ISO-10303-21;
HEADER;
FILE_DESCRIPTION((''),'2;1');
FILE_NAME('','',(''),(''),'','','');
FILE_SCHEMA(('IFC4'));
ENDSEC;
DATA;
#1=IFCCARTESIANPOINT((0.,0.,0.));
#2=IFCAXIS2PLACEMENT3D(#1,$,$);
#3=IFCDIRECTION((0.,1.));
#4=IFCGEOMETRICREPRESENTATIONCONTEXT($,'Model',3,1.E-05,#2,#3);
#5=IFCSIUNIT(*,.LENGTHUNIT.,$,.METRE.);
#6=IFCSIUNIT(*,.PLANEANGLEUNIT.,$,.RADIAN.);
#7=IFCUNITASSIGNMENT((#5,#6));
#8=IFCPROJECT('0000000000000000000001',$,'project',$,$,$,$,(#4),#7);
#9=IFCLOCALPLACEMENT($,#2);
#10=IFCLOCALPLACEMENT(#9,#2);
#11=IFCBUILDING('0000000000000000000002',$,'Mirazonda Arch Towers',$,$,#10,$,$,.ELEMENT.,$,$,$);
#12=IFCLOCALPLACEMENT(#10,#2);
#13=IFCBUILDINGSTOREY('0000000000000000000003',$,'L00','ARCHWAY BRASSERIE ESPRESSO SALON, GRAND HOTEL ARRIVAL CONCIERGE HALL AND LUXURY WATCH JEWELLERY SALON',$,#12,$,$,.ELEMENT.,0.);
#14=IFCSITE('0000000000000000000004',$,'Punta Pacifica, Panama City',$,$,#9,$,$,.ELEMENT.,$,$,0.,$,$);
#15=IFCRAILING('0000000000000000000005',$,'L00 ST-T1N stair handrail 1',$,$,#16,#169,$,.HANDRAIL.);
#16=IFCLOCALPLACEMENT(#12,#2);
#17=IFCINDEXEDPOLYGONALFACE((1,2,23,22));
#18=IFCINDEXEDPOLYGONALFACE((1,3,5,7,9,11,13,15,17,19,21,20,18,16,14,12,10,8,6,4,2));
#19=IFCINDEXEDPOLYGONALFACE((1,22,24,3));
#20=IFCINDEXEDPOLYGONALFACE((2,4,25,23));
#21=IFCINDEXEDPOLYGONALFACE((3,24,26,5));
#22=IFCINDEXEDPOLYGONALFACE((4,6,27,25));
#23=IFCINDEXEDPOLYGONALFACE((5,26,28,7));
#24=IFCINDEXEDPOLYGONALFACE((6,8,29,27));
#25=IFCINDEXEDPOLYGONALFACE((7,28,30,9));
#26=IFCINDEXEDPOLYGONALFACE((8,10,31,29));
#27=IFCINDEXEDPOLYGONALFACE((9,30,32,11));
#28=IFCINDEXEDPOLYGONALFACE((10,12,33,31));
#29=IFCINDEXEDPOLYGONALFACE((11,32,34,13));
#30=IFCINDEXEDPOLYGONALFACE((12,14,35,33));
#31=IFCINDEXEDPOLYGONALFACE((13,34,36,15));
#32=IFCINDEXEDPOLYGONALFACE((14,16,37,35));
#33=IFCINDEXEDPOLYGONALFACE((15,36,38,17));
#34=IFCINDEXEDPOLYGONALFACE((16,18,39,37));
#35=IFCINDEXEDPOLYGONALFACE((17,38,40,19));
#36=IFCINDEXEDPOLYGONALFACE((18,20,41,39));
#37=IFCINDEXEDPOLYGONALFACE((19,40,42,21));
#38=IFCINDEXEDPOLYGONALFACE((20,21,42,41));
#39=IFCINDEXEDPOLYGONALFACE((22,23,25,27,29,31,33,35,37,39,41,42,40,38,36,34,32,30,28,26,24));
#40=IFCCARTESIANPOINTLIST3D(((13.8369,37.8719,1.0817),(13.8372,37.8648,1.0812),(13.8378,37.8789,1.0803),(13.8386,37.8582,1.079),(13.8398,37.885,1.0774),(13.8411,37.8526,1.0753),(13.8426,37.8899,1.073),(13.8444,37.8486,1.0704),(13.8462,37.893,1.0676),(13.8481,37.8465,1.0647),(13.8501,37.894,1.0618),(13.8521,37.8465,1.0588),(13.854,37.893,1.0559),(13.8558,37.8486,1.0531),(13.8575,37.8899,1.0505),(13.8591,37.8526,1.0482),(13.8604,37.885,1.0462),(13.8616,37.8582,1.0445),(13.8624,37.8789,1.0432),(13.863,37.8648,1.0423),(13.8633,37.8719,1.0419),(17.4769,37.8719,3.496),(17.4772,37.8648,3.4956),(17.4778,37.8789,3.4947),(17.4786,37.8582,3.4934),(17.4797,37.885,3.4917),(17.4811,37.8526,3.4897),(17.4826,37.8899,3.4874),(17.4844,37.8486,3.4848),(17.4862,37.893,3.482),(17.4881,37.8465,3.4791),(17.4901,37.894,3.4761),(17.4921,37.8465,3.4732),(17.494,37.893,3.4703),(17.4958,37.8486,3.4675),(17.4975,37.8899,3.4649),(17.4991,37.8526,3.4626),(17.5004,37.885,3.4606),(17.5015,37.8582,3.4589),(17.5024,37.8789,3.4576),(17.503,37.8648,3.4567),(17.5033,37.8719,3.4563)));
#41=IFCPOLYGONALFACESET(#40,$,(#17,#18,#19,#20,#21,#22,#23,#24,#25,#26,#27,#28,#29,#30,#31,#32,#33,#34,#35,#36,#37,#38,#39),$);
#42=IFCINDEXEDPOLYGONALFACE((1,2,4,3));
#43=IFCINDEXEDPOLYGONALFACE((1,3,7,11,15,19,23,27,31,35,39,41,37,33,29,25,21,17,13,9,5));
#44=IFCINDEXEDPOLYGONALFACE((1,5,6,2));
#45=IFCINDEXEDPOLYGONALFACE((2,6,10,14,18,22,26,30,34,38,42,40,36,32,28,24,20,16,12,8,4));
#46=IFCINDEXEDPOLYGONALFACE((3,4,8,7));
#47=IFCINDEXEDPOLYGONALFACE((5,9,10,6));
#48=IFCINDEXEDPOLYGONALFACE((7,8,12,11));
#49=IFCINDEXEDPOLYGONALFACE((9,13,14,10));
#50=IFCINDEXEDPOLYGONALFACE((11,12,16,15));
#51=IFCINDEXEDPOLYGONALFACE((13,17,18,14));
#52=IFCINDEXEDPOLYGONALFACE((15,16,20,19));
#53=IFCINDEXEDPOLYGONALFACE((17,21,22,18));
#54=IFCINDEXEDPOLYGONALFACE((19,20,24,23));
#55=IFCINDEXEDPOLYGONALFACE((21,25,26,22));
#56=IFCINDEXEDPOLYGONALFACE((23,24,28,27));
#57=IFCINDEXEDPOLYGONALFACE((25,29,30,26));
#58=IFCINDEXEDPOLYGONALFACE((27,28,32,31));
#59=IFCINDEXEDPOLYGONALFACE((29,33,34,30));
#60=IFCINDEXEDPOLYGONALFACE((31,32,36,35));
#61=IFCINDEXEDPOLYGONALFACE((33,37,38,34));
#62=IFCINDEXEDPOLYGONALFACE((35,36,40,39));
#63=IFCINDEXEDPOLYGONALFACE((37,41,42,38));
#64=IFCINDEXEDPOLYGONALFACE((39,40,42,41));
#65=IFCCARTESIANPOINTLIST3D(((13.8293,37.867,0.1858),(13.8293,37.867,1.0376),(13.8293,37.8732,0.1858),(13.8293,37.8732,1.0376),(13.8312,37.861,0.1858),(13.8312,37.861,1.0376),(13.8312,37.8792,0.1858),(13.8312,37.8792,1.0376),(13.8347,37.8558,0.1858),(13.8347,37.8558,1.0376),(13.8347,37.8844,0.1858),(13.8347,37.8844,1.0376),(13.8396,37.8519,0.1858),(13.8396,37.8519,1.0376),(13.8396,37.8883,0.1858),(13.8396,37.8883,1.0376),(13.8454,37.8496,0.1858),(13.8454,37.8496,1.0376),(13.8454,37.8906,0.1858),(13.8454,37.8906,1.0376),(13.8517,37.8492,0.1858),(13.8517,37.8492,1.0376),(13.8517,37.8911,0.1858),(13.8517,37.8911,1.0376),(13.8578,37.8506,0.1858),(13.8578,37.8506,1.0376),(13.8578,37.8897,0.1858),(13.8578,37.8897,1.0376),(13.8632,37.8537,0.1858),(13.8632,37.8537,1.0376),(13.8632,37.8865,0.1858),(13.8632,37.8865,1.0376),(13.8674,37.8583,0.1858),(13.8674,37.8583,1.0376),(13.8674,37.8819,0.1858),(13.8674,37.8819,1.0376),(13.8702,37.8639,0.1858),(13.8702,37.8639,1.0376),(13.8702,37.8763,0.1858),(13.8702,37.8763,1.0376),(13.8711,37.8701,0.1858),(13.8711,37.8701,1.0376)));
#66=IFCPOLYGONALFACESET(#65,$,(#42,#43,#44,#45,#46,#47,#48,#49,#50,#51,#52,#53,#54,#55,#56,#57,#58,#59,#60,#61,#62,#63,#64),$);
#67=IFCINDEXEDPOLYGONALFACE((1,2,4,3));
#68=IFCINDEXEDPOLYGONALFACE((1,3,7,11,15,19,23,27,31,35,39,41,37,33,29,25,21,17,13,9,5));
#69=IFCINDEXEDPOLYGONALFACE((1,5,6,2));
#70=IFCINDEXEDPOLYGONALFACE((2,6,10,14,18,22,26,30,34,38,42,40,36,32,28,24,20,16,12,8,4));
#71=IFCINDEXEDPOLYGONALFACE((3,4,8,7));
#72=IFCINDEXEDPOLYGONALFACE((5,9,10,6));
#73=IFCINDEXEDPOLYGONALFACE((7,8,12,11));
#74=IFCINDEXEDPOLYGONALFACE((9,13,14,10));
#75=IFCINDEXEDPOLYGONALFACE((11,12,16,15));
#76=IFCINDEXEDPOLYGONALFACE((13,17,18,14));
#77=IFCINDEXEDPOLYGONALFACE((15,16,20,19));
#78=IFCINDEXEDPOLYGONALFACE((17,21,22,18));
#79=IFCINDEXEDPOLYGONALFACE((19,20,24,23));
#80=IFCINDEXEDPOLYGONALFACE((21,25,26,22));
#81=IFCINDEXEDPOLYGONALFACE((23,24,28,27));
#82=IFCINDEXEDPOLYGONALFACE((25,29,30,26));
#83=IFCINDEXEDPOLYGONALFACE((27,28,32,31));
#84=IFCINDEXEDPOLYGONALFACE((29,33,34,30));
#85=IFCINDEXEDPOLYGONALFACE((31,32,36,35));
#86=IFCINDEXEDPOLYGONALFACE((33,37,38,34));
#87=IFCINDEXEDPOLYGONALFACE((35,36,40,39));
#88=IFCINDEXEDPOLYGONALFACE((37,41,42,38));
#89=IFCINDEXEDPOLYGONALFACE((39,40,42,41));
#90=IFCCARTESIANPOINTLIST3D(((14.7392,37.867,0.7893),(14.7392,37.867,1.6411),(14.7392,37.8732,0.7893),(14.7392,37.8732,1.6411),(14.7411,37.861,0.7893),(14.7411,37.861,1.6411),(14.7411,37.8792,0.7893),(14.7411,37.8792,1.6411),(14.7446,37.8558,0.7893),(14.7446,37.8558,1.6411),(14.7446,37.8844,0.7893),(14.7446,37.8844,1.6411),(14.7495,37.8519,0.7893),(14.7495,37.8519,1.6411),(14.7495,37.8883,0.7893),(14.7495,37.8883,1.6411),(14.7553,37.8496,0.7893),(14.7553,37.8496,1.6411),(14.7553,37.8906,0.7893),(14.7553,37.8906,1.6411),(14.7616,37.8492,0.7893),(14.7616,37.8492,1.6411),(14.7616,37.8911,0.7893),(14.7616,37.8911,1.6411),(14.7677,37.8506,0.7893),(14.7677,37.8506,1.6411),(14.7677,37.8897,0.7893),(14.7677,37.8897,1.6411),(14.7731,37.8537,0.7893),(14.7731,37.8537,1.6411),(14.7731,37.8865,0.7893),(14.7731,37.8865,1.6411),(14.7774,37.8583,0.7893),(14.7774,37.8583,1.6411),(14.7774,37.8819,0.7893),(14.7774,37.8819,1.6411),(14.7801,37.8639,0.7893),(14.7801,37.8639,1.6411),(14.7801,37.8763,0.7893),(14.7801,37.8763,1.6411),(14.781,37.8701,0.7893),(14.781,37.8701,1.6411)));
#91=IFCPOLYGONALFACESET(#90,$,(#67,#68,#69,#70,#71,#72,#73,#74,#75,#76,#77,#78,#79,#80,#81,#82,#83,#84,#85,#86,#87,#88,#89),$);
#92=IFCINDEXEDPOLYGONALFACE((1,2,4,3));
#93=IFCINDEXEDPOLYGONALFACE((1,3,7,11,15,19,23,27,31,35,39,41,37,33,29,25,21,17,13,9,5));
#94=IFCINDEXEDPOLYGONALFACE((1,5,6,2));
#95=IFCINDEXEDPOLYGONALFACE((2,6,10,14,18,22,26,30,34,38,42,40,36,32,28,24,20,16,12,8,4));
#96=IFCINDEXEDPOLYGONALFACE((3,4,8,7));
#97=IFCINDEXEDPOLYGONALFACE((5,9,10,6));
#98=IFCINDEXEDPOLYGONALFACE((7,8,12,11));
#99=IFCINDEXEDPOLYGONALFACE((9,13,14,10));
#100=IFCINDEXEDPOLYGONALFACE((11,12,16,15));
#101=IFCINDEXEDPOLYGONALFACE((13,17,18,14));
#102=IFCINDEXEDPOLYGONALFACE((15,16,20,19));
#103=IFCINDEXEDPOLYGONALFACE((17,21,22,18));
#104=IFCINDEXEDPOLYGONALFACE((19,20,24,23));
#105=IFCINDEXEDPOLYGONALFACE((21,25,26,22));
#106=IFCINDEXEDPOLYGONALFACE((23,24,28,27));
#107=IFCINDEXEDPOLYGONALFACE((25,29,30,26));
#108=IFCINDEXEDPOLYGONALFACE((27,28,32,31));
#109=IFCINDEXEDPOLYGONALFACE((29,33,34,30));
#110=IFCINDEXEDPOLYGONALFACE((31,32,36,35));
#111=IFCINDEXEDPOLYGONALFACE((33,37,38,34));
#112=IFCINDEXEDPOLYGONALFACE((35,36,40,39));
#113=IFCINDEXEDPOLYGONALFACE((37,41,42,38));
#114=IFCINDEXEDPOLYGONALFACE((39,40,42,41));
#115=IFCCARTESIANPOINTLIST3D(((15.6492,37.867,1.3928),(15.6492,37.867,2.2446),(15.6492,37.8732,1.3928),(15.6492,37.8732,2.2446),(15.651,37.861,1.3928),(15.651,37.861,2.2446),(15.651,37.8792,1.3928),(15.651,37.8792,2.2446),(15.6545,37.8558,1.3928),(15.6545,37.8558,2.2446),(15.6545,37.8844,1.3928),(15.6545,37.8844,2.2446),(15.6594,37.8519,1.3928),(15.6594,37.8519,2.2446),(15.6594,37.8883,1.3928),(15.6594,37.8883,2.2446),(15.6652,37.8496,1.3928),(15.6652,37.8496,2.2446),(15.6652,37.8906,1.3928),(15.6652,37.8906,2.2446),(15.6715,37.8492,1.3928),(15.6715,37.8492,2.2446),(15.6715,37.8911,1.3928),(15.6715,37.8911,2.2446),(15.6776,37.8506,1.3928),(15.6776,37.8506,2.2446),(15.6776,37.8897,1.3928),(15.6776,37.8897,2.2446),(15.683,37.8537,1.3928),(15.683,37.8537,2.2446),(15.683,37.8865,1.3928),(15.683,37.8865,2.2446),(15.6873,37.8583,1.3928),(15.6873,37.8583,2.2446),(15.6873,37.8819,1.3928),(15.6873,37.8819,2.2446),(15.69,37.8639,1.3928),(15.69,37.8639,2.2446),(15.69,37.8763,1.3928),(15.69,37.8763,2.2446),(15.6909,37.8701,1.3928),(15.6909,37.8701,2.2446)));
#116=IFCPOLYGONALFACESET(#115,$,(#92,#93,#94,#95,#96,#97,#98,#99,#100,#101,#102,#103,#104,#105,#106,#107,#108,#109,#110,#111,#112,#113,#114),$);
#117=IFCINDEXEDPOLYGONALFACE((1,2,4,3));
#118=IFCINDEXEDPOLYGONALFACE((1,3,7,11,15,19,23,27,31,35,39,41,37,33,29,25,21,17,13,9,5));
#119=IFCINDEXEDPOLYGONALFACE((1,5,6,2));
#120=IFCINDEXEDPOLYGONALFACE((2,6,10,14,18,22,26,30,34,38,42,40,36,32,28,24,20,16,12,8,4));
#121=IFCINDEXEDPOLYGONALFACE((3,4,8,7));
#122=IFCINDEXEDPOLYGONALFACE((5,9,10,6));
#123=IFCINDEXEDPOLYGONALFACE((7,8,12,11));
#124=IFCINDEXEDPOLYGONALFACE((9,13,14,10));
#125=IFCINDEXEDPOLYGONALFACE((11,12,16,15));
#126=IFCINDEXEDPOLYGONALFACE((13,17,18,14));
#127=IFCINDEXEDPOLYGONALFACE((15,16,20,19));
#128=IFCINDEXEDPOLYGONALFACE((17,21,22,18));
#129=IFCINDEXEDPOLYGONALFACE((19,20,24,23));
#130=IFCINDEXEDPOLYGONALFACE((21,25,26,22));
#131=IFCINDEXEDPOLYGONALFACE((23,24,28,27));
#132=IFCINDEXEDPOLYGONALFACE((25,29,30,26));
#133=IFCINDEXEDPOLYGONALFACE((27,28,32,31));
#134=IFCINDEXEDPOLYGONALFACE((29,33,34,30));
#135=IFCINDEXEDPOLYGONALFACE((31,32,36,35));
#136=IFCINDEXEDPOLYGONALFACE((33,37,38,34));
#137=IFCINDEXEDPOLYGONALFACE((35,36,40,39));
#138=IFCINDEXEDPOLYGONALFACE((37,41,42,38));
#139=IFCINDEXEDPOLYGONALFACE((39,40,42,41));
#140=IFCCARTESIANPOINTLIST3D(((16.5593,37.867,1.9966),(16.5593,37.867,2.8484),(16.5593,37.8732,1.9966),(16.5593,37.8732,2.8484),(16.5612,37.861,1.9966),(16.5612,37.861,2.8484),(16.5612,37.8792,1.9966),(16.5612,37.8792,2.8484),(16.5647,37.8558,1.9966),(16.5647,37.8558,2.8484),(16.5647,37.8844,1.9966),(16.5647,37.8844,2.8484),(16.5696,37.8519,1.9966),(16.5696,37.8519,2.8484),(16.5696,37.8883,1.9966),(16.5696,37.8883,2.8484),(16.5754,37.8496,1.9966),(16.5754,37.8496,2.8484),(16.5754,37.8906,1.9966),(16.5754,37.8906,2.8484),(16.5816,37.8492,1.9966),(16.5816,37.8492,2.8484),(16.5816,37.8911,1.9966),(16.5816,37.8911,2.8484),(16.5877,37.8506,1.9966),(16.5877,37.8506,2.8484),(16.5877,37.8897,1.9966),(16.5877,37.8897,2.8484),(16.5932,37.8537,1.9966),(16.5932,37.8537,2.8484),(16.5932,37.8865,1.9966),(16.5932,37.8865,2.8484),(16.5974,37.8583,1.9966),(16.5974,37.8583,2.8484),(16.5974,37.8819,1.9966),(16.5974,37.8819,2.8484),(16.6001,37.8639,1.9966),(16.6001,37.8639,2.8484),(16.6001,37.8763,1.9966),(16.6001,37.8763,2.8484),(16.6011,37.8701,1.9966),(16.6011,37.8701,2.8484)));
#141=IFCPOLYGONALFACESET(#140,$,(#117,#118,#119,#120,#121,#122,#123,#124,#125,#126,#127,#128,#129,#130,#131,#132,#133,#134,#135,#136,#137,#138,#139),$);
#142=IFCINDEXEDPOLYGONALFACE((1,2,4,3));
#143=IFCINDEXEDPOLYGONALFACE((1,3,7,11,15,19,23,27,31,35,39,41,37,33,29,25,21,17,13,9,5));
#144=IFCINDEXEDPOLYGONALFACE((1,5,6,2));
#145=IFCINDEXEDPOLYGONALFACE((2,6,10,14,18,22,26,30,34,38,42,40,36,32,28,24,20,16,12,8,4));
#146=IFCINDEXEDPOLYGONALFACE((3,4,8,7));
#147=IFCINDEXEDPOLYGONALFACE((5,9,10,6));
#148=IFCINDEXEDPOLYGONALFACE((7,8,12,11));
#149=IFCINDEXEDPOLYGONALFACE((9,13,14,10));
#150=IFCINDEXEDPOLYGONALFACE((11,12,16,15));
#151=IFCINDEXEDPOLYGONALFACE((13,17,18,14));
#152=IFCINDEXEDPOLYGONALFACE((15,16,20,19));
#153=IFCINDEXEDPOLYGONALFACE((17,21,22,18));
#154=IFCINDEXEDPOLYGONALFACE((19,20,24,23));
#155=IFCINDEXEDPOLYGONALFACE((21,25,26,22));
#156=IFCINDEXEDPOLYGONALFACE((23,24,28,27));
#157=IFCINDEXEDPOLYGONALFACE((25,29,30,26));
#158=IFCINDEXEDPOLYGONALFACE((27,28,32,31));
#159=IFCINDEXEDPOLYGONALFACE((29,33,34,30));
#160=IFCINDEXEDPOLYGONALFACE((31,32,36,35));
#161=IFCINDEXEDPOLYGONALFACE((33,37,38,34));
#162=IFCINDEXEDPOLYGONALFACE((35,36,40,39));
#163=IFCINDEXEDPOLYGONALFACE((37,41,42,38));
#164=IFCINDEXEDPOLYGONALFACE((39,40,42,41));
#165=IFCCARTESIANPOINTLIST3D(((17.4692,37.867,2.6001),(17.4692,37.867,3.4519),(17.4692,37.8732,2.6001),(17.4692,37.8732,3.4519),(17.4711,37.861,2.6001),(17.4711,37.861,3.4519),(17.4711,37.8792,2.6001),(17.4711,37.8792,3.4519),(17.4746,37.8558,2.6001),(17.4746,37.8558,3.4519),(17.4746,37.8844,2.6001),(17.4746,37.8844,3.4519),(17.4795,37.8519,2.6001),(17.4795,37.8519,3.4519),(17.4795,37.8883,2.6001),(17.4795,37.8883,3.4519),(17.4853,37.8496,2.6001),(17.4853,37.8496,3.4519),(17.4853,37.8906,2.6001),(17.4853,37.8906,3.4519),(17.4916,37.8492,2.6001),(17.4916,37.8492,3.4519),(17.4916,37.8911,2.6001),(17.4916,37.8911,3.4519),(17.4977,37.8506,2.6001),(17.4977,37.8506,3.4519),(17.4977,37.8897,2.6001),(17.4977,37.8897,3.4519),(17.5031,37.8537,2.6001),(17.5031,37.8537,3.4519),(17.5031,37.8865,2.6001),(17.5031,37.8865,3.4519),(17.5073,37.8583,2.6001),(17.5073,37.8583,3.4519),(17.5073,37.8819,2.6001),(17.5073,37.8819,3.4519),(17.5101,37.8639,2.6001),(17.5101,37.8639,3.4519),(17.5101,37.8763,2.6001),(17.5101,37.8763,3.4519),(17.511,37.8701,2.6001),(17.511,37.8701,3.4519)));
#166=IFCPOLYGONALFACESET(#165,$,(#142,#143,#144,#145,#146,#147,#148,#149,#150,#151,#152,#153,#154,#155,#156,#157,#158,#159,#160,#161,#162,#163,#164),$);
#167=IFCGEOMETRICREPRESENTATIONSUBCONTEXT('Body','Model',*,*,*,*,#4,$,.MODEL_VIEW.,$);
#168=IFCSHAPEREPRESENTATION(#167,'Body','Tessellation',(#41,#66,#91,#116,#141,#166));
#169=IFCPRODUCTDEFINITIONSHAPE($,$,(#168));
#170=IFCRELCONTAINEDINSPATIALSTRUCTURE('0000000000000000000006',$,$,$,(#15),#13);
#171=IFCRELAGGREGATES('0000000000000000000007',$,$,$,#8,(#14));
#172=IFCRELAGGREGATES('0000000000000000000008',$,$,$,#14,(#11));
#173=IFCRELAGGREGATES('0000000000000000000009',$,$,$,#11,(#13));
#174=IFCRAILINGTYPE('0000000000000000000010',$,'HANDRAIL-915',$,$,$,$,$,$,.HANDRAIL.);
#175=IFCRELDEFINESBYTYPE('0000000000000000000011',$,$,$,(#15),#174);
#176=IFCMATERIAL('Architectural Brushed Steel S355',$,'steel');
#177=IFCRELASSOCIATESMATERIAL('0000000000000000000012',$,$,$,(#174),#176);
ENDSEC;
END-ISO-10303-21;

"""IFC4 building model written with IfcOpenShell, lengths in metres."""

from ifc_helpers import new_model, si_unit, direction, frame, origin, origin_2d, place, context, subcontext, project, spatial, circle, extrude, material, type_object, element, save


model = new_model("IFC4")

# Units and contexts
model_context = context("Model", 3, precision=1e-05, world=origin(), true_north=direction((0.0, 1.0)))
body_context = subcontext(model_context, "Body", "Model", "MODEL_VIEW")
ifc_project = project(units=[si_unit("LENGTHUNIT", "METRE"), si_unit("PLANEANGLEUNIT", "RADIAN")], contexts=[model_context])

# Site, building, storey
site_placement = place(None, origin())
site = spatial("IfcSite", under=ifc_project, at=site_placement, Name="Punta Pacifica, Panama City", CompositionType="ELEMENT", RefElevation=0.0)
building_placement = place(site_placement, origin())
building = spatial("IfcBuilding", under=site, at=building_placement, Name="Mirazonda Arch Towers", CompositionType="ELEMENT")
storey_placement = place(building_placement, origin())
storey = spatial("IfcBuildingStorey", under=building, at=storey_placement, Name="L00", Description="ARCHWAY BRASSERIE ESPRESSO SALON, GRAND HOTEL ARRIVAL CONCIERGE HALL AND LUXURY WATCH JEWELLERY SALON", CompositionType="ELEMENT", Elevation=0.0)

# Shared definitions
ifc_material_1 = material(Name="Architectural Brushed Steel S355", Category="steel")

# Railing
railing_type_1 = type_object("IfcRailingType", Name="HANDRAIL-915", PredefinedType="HANDRAIL", material=ifc_material_1)
railing_1_placement = place(storey_placement, frame((13.8501, 37.8701, 0.1858)))
element("IfcRailing", 1, at=railing_1_placement, inside=storey, type_object=railing_type_1, Name="L00 ST-T1N stair handrail 1", PredefinedType="HANDRAIL", context=body_context, shape_type="SweptSolid", body=[
    extrude(circle(Radius=0.0239, at=origin_2d()), frame((0.0, 0.0, 0.876), z_axis=(0.833347, 0.0, 0.552751), x_axis=(0.0, 1.0, 0.0)), (0.0, 0.0, 1.0), 4.3679),
    extrude(circle(Radius=0.021, at=origin_2d()), origin(), (0.0, 0.0, 1.0), 0.8518),
    extrude(circle(Radius=0.021, at=origin_2d()), frame((0.9099, 0.0, 0.6035)), (0.0, 0.0, 1.0), 0.8518),
    extrude(circle(Radius=0.021, at=origin_2d()), frame((1.8198, 0.0, 1.207)), (0.0, 0.0, 1.0), 0.8518),
    extrude(circle(Radius=0.021, at=origin_2d()), frame((2.73, 0.0, 1.8108)), (0.0, 0.0, 1.0), 0.8518),
    extrude(circle(Radius=0.021, at=origin_2d()), frame((3.6399, 0.0, 2.4143)), (0.0, 0.0, 1.0), 0.8518),
])

save(model, "model.ifc")
